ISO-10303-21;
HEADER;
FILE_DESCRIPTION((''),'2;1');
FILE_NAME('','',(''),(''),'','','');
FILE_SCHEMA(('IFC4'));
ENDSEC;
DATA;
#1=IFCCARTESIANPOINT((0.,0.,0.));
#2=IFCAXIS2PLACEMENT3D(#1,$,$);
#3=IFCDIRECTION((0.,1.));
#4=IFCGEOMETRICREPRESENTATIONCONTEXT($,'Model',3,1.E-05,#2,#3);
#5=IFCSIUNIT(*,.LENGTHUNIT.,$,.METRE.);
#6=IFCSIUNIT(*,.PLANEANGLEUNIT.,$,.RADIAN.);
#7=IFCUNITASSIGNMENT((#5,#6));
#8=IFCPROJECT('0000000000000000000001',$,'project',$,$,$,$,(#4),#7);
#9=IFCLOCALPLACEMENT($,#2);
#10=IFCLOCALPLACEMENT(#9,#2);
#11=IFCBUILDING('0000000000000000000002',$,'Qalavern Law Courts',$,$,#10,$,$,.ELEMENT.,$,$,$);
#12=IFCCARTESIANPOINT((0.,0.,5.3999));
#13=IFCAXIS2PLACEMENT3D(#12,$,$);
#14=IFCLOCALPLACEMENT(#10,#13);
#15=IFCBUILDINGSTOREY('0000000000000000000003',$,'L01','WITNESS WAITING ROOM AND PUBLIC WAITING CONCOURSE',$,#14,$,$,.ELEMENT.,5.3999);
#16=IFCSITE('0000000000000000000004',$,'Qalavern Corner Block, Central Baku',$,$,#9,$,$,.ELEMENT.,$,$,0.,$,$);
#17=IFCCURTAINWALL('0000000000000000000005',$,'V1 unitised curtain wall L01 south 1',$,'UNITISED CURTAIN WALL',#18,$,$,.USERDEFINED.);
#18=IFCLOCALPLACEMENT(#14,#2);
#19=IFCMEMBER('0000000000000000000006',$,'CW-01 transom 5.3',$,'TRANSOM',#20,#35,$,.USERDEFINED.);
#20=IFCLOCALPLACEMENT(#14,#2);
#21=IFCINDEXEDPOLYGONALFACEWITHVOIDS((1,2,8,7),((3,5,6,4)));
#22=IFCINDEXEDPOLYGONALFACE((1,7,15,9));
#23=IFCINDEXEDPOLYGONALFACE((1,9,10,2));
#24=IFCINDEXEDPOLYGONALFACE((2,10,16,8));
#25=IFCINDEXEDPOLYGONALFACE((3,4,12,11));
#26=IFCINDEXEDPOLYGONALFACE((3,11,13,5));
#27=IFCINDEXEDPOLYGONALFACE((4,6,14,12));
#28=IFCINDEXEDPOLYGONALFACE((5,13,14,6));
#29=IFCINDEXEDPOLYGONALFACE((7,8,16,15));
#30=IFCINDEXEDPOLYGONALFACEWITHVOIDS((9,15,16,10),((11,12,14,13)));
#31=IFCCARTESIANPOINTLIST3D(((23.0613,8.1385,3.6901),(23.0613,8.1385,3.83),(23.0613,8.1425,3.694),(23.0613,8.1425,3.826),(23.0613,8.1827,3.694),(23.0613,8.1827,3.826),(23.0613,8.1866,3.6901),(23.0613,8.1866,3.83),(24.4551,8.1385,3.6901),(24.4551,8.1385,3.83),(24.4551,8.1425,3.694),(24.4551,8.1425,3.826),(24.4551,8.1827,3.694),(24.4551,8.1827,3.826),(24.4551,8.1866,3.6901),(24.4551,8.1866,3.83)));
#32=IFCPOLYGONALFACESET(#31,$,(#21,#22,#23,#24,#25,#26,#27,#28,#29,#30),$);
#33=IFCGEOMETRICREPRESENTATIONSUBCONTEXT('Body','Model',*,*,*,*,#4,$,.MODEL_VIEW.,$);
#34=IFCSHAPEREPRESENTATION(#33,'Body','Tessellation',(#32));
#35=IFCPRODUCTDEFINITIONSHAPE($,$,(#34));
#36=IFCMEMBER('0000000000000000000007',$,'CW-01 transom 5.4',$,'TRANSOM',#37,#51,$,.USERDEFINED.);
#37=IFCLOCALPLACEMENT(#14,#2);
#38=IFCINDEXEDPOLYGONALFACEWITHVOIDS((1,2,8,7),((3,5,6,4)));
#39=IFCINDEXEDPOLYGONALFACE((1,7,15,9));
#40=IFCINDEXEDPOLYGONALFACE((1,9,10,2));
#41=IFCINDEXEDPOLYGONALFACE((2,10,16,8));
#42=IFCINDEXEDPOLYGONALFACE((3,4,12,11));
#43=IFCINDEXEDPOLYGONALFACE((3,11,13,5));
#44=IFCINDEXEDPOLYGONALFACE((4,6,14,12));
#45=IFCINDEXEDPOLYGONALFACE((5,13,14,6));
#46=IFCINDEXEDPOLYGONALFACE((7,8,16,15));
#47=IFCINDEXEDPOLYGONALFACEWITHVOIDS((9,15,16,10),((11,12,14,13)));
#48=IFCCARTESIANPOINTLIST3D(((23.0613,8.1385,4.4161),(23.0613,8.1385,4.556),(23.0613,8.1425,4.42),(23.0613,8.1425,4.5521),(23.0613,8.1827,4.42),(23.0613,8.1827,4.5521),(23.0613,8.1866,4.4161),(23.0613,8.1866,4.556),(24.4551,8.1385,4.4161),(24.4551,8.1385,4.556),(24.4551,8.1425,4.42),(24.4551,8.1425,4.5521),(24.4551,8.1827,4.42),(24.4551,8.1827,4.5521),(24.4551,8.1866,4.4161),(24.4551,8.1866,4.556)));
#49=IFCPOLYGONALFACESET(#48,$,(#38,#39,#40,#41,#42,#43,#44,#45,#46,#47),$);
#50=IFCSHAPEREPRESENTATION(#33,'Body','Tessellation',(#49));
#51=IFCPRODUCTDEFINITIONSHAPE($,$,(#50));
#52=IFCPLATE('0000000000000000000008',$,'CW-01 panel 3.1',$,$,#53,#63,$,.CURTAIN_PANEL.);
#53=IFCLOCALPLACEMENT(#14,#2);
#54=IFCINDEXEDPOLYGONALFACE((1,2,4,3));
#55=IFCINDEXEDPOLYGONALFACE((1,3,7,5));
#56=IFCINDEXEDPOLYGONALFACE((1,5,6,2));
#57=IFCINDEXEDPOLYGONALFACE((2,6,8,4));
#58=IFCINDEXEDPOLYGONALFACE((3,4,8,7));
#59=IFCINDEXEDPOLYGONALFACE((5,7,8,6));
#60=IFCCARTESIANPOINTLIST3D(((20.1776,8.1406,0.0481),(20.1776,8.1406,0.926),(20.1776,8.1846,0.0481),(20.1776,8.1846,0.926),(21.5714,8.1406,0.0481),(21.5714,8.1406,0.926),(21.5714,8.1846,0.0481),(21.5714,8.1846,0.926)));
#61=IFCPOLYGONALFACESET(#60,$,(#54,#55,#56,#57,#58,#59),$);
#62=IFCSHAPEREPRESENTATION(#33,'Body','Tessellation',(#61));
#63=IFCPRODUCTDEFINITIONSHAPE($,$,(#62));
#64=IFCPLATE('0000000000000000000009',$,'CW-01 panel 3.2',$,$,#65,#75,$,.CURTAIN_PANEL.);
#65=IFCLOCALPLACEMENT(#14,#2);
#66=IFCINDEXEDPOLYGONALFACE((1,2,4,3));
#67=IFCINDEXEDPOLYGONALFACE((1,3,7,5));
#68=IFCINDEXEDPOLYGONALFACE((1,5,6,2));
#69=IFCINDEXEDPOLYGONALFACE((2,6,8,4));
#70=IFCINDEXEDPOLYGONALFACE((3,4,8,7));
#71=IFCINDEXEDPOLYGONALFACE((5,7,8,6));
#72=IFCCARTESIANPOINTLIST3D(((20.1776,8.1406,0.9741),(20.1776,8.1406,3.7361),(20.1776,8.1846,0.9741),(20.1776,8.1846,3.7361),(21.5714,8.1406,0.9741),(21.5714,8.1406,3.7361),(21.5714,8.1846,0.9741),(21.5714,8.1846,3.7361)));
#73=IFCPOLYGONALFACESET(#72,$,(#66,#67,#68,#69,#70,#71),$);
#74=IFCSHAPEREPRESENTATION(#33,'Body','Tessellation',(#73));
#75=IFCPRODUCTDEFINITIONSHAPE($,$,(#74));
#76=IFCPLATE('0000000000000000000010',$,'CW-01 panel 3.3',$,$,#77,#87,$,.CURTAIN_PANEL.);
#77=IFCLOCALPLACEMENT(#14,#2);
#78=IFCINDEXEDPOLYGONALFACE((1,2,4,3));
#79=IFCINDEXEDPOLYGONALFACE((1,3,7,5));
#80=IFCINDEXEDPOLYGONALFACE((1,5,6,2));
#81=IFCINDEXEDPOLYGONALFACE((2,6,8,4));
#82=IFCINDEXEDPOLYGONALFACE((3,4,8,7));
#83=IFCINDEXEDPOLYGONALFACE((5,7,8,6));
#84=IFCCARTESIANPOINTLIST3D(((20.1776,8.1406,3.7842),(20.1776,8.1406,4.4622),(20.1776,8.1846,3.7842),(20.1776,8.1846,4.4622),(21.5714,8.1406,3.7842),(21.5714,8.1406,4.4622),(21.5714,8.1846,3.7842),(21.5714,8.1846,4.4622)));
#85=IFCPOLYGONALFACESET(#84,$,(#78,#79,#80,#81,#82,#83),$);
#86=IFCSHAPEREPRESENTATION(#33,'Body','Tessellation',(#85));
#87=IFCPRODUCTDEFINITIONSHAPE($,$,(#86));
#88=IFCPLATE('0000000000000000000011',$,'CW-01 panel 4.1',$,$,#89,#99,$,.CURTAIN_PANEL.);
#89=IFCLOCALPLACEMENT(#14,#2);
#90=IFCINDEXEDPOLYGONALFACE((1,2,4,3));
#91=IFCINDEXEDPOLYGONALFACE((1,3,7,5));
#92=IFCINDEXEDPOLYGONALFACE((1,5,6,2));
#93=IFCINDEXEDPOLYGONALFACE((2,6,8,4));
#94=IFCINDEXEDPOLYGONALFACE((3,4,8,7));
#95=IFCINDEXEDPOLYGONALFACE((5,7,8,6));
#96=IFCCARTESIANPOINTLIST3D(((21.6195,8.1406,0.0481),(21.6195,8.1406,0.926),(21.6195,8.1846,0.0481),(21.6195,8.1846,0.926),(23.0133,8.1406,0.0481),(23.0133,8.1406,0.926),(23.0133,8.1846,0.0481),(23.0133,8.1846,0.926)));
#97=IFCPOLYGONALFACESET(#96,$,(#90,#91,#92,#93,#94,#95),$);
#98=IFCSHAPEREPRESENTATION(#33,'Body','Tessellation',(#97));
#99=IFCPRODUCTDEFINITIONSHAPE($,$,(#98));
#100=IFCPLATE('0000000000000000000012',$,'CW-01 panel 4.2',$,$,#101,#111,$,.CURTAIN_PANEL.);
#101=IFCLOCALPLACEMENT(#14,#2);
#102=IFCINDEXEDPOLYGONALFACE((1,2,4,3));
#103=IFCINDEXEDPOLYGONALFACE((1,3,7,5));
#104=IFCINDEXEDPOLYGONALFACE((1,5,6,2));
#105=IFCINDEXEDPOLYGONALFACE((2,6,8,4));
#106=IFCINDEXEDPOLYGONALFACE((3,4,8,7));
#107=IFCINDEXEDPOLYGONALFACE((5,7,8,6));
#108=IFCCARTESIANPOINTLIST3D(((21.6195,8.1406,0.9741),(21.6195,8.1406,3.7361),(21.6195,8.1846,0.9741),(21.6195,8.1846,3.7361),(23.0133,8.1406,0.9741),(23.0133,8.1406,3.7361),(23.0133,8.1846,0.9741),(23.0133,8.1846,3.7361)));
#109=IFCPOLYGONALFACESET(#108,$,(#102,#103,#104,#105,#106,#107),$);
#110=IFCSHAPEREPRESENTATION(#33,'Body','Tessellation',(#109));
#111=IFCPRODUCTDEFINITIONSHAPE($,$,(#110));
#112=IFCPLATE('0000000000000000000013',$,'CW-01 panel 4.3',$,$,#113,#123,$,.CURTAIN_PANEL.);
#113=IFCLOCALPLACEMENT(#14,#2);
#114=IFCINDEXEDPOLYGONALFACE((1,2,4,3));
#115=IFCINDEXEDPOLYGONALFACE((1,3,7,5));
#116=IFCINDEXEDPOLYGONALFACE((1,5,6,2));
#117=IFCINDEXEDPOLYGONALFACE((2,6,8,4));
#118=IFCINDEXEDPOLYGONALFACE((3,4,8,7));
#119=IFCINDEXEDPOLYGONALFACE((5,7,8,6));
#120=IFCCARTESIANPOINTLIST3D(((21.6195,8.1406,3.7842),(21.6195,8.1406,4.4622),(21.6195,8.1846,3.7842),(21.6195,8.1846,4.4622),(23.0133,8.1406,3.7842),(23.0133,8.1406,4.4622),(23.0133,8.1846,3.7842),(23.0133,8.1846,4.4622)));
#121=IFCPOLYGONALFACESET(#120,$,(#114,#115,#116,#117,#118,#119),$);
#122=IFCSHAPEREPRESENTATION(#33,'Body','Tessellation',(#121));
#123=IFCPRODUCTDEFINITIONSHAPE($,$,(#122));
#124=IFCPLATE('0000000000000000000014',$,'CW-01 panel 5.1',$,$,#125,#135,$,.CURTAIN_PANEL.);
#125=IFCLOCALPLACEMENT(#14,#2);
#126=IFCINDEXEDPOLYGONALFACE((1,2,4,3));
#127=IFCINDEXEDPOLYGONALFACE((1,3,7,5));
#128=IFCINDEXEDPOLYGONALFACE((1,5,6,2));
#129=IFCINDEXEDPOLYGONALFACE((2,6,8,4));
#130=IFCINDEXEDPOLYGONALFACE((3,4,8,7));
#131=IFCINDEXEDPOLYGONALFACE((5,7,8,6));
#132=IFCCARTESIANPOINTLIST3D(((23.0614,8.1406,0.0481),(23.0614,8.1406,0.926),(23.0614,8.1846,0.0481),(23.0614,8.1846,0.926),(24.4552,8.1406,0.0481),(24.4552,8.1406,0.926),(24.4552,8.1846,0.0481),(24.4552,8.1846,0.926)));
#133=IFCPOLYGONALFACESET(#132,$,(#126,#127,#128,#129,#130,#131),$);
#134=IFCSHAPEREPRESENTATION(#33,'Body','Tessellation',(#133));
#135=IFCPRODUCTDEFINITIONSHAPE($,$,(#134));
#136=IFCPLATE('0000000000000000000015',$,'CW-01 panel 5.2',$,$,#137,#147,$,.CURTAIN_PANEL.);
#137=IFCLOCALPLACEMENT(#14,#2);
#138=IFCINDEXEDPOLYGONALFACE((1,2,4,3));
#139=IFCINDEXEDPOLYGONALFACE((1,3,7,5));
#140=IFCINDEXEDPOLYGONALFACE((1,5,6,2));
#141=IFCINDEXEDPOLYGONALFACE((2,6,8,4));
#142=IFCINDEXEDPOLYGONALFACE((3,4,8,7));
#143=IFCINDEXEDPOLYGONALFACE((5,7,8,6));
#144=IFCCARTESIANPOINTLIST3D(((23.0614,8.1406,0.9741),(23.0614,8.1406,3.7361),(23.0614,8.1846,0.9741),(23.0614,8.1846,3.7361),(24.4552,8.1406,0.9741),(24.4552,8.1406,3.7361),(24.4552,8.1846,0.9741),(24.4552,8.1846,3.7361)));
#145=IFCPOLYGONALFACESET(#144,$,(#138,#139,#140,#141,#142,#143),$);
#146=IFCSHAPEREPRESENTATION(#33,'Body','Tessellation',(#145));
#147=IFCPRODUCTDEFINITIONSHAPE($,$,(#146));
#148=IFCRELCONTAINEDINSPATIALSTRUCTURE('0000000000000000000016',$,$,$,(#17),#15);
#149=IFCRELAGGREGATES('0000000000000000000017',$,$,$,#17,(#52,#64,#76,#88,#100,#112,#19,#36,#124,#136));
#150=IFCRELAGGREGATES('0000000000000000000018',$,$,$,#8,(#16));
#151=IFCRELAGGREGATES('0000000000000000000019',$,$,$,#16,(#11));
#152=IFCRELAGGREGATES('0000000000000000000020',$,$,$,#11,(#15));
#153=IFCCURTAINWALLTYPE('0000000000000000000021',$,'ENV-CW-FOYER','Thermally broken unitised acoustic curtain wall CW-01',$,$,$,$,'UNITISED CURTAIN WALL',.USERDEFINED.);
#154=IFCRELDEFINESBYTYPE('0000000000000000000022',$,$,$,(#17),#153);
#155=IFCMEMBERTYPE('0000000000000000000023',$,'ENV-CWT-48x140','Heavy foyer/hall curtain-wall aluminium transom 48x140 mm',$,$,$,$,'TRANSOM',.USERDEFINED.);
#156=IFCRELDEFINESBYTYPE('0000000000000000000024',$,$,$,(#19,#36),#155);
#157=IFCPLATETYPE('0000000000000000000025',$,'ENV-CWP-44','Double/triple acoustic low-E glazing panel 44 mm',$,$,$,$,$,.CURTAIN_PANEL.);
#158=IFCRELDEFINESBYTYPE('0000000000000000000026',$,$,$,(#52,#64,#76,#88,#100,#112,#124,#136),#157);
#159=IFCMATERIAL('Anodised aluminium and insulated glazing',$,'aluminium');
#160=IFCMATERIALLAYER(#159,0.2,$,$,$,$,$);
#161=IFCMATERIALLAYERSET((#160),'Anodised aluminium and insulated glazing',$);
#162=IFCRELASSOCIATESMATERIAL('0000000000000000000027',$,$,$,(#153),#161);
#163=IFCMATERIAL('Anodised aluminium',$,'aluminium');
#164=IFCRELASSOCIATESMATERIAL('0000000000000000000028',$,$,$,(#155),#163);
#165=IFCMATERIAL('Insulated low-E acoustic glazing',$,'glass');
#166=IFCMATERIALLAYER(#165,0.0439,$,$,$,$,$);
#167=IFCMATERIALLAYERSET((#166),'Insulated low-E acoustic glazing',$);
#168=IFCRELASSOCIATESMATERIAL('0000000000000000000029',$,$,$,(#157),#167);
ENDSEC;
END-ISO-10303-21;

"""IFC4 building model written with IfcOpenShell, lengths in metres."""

from ifc_helpers import new_model, si_unit, direction, frame, origin, origin_2d, place, context, subcontext, project, spatial, rectangle, hollow_rectangle, extrude, material, layer, layer_set, material_profile, profile_set, type_object, element, aggregate, save


model = new_model("IFC4")

# Units and contexts
model_context = context("Model", 3, precision=1e-05, world=origin(), true_north=direction((0.0, 1.0)))
body_context = subcontext(model_context, "Body", "Model", "MODEL_VIEW")
ifc_project = project(units=[si_unit("LENGTHUNIT", "METRE"), si_unit("PLANEANGLEUNIT", "RADIAN")], contexts=[model_context])

# Site, building, storey
site_placement = place(None, origin())
site = spatial("IfcSite", under=ifc_project, at=site_placement, Name="Qalavern Corner Block, Central Baku", CompositionType="ELEMENT", RefElevation=0.0)
building_placement = place(site_placement, origin())
building = spatial("IfcBuilding", under=site, at=building_placement, Name="Qalavern Law Courts", CompositionType="ELEMENT")
storey_placement = place(building_placement, frame((0.0, 0.0, 5.3999)))
storey = spatial("IfcBuildingStorey", under=building, at=storey_placement, Name="L01", Description="WITNESS WAITING ROOM AND PUBLIC WAITING CONCOURSE", CompositionType="ELEMENT", Elevation=5.3999)

# Curtain wall, members, plates
ifc_material_1 = material(Name="Anodised aluminium and insulated glazing", Category="aluminium")
ifc_layer_1 = layer(ifc_material_1, 0.2)
ifc_layer_set_1 = layer_set([ifc_layer_1], Name="Anodised aluminium and insulated glazing")
curtain_wall_type = type_object("IfcCurtainWallType", Name="ENV-CW-FOYER", Description="Thermally broken unitised acoustic curtain wall CW-01", ElementType="UNITISED CURTAIN WALL", PredefinedType="USERDEFINED", material=ifc_layer_set_1)
curtain_wall_placement = place(storey_placement, origin())
curtain_wall = element("IfcCurtainWall", 1, at=curtain_wall_placement, inside=storey, type_object=curtain_wall_type, Name="V1 unitised curtain wall L01 south 1", ObjectType="UNITISED CURTAIN WALL", PredefinedType="USERDEFINED")
ifc_material_2 = material(Name="Anodised aluminium", Category="aluminium")
ifc_material_profile_1 = material_profile(ifc_material_2, hollow_rectangle(XDim=0.0481, YDim=0.1399, WallThickness=0.0039, at=origin_2d()), Name="ALU TRANSOM 48x140")
ifc_profile_set_1 = profile_set([ifc_material_profile_1], Name="Anodised aluminium")
member_type_1 = type_object("IfcMemberType", Name="ENV-CWT-48x140", Description="Heavy foyer/hall curtain-wall aluminium transom 48x140 mm", ElementType="TRANSOM", PredefinedType="USERDEFINED", material=ifc_profile_set_1)
member_1_placement = place(storey_placement, frame((23.0613, 8.1626, 3.76), z_axis=(1.0, 0.0, 0.0), x_axis=(0.0, 1.0, 0.0)))
member_1 = element("IfcMember", 2, at=member_1_placement, type_object=member_type_1, Name="CW-01 transom 5.3", ObjectType="TRANSOM", PredefinedType="USERDEFINED", context=body_context, shape_type="SweptSolid", body=[
    extrude(hollow_rectangle(XDim=0.0481, YDim=0.1399, WallThickness=0.0039, at=origin_2d()), origin(), (0.0, 0.0, 1.0), 1.3938),
])
member_2_placement = place(storey_placement, frame((23.0613, 8.1626, 4.4861), z_axis=(1.0, 0.0, 0.0), x_axis=(0.0, 1.0, 0.0)))
member_2 = element("IfcMember", 3, at=member_2_placement, type_object=member_type_1, Name="CW-01 transom 5.4", ObjectType="TRANSOM", PredefinedType="USERDEFINED", context=body_context, shape_type="SweptSolid", body=[
    extrude(hollow_rectangle(XDim=0.0481, YDim=0.1399, WallThickness=0.0039, at=origin_2d()), origin(), (0.0, 0.0, 1.0), 1.3938),
])
ifc_material_3 = material(Name="Insulated low-E acoustic glazing", Category="glass")
ifc_layer_2 = layer(ifc_material_3, 0.0439)
ifc_layer_set_2 = layer_set([ifc_layer_2], Name="Insulated low-E acoustic glazing")
plate_type = type_object("IfcPlateType", Name="ENV-CWP-44", Description="Double/triple acoustic low-E glazing panel 44 mm", PredefinedType="CURTAIN_PANEL", material=ifc_layer_set_2)
plate_1_placement = place(storey_placement, frame((20.8745, 8.1626, 0.0481), z_axis=(0.0, 0.0, 1.0), x_axis=(1.0, 0.0, 0.0)))
plate_1 = element("IfcPlate", 4, at=plate_1_placement, type_object=plate_type, Name="CW-01 panel 3.1", PredefinedType="CURTAIN_PANEL", context=body_context, shape_type="SweptSolid", body=[
    extrude(rectangle(XDim=1.3938, YDim=0.0439, at=origin_2d()), origin(), (0.0, 0.0, 1.0), 0.8779),
])
plate_2_placement = place(storey_placement, frame((20.8745, 8.1626, 0.9741), z_axis=(0.0, 0.0, 1.0), x_axis=(1.0, 0.0, 0.0)))
plate_2 = element("IfcPlate", 5, at=plate_2_placement, type_object=plate_type, Name="CW-01 panel 3.2", PredefinedType="CURTAIN_PANEL", context=body_context, shape_type="SweptSolid", body=[
    extrude(rectangle(XDim=1.3938, YDim=0.0439, at=origin_2d()), origin(), (0.0, 0.0, 1.0), 2.762),
])
plate_3_placement = place(storey_placement, frame((20.8745, 8.1626, 3.7842), z_axis=(0.0, 0.0, 1.0), x_axis=(1.0, 0.0, 0.0)))
plate_3 = element("IfcPlate", 6, at=plate_3_placement, type_object=plate_type, Name="CW-01 panel 3.3", PredefinedType="CURTAIN_PANEL", context=body_context, shape_type="SweptSolid", body=[
    extrude(rectangle(XDim=1.3938, YDim=0.0439, at=origin_2d()), origin(), (0.0, 0.0, 1.0), 0.678),
])
plate_4_placement = place(storey_placement, frame((22.3164, 8.1626, 0.0481), z_axis=(0.0, 0.0, 1.0), x_axis=(1.0, 0.0, 0.0)))
plate_4 = element("IfcPlate", 7, at=plate_4_placement, type_object=plate_type, Name="CW-01 panel 4.1", PredefinedType="CURTAIN_PANEL", context=body_context, shape_type="SweptSolid", body=[
    extrude(rectangle(XDim=1.3938, YDim=0.0439, at=origin_2d()), origin(), (0.0, 0.0, 1.0), 0.8779),
])
plate_5_placement = place(storey_placement, frame((22.3164, 8.1626, 0.9741), z_axis=(0.0, 0.0, 1.0), x_axis=(1.0, 0.0, 0.0)))
plate_5 = element("IfcPlate", 8, at=plate_5_placement, type_object=plate_type, Name="CW-01 panel 4.2", PredefinedType="CURTAIN_PANEL", context=body_context, shape_type="SweptSolid", body=[
    extrude(rectangle(XDim=1.3938, YDim=0.0439, at=origin_2d()), origin(), (0.0, 0.0, 1.0), 2.762),
])
plate_6_placement = place(storey_placement, frame((22.3164, 8.1626, 3.7842), z_axis=(0.0, 0.0, 1.0), x_axis=(1.0, 0.0, 0.0)))
plate_6 = element("IfcPlate", 9, at=plate_6_placement, type_object=plate_type, Name="CW-01 panel 4.3", PredefinedType="CURTAIN_PANEL", context=body_context, shape_type="SweptSolid", body=[
    extrude(rectangle(XDim=1.3938, YDim=0.0439, at=origin_2d()), origin(), (0.0, 0.0, 1.0), 0.678),
])
plate_7_placement = place(storey_placement, frame((23.7583, 8.1626, 0.0481), z_axis=(0.0, 0.0, 1.0), x_axis=(1.0, 0.0, 0.0)))
plate_7 = element("IfcPlate", 10, at=plate_7_placement, type_object=plate_type, Name="CW-01 panel 5.1", PredefinedType="CURTAIN_PANEL", context=body_context, shape_type="SweptSolid", body=[
    extrude(rectangle(XDim=1.3938, YDim=0.0439, at=origin_2d()), origin(), (0.0, 0.0, 1.0), 0.8779),
])
plate_8_placement = place(storey_placement, frame((23.7583, 8.1626, 0.9741), z_axis=(0.0, 0.0, 1.0), x_axis=(1.0, 0.0, 0.0)))
plate_8 = element("IfcPlate", 11, at=plate_8_placement, type_object=plate_type, Name="CW-01 panel 5.2", PredefinedType="CURTAIN_PANEL", context=body_context, shape_type="SweptSolid", body=[
    extrude(rectangle(XDim=1.3938, YDim=0.0439, at=origin_2d()), origin(), (0.0, 0.0, 1.0), 2.762),
])
aggregate(curtain_wall, [plate_1, plate_2, plate_3, plate_4, plate_5, plate_6, member_1, member_2, plate_7, plate_8])

save(model, "model.ifc")
